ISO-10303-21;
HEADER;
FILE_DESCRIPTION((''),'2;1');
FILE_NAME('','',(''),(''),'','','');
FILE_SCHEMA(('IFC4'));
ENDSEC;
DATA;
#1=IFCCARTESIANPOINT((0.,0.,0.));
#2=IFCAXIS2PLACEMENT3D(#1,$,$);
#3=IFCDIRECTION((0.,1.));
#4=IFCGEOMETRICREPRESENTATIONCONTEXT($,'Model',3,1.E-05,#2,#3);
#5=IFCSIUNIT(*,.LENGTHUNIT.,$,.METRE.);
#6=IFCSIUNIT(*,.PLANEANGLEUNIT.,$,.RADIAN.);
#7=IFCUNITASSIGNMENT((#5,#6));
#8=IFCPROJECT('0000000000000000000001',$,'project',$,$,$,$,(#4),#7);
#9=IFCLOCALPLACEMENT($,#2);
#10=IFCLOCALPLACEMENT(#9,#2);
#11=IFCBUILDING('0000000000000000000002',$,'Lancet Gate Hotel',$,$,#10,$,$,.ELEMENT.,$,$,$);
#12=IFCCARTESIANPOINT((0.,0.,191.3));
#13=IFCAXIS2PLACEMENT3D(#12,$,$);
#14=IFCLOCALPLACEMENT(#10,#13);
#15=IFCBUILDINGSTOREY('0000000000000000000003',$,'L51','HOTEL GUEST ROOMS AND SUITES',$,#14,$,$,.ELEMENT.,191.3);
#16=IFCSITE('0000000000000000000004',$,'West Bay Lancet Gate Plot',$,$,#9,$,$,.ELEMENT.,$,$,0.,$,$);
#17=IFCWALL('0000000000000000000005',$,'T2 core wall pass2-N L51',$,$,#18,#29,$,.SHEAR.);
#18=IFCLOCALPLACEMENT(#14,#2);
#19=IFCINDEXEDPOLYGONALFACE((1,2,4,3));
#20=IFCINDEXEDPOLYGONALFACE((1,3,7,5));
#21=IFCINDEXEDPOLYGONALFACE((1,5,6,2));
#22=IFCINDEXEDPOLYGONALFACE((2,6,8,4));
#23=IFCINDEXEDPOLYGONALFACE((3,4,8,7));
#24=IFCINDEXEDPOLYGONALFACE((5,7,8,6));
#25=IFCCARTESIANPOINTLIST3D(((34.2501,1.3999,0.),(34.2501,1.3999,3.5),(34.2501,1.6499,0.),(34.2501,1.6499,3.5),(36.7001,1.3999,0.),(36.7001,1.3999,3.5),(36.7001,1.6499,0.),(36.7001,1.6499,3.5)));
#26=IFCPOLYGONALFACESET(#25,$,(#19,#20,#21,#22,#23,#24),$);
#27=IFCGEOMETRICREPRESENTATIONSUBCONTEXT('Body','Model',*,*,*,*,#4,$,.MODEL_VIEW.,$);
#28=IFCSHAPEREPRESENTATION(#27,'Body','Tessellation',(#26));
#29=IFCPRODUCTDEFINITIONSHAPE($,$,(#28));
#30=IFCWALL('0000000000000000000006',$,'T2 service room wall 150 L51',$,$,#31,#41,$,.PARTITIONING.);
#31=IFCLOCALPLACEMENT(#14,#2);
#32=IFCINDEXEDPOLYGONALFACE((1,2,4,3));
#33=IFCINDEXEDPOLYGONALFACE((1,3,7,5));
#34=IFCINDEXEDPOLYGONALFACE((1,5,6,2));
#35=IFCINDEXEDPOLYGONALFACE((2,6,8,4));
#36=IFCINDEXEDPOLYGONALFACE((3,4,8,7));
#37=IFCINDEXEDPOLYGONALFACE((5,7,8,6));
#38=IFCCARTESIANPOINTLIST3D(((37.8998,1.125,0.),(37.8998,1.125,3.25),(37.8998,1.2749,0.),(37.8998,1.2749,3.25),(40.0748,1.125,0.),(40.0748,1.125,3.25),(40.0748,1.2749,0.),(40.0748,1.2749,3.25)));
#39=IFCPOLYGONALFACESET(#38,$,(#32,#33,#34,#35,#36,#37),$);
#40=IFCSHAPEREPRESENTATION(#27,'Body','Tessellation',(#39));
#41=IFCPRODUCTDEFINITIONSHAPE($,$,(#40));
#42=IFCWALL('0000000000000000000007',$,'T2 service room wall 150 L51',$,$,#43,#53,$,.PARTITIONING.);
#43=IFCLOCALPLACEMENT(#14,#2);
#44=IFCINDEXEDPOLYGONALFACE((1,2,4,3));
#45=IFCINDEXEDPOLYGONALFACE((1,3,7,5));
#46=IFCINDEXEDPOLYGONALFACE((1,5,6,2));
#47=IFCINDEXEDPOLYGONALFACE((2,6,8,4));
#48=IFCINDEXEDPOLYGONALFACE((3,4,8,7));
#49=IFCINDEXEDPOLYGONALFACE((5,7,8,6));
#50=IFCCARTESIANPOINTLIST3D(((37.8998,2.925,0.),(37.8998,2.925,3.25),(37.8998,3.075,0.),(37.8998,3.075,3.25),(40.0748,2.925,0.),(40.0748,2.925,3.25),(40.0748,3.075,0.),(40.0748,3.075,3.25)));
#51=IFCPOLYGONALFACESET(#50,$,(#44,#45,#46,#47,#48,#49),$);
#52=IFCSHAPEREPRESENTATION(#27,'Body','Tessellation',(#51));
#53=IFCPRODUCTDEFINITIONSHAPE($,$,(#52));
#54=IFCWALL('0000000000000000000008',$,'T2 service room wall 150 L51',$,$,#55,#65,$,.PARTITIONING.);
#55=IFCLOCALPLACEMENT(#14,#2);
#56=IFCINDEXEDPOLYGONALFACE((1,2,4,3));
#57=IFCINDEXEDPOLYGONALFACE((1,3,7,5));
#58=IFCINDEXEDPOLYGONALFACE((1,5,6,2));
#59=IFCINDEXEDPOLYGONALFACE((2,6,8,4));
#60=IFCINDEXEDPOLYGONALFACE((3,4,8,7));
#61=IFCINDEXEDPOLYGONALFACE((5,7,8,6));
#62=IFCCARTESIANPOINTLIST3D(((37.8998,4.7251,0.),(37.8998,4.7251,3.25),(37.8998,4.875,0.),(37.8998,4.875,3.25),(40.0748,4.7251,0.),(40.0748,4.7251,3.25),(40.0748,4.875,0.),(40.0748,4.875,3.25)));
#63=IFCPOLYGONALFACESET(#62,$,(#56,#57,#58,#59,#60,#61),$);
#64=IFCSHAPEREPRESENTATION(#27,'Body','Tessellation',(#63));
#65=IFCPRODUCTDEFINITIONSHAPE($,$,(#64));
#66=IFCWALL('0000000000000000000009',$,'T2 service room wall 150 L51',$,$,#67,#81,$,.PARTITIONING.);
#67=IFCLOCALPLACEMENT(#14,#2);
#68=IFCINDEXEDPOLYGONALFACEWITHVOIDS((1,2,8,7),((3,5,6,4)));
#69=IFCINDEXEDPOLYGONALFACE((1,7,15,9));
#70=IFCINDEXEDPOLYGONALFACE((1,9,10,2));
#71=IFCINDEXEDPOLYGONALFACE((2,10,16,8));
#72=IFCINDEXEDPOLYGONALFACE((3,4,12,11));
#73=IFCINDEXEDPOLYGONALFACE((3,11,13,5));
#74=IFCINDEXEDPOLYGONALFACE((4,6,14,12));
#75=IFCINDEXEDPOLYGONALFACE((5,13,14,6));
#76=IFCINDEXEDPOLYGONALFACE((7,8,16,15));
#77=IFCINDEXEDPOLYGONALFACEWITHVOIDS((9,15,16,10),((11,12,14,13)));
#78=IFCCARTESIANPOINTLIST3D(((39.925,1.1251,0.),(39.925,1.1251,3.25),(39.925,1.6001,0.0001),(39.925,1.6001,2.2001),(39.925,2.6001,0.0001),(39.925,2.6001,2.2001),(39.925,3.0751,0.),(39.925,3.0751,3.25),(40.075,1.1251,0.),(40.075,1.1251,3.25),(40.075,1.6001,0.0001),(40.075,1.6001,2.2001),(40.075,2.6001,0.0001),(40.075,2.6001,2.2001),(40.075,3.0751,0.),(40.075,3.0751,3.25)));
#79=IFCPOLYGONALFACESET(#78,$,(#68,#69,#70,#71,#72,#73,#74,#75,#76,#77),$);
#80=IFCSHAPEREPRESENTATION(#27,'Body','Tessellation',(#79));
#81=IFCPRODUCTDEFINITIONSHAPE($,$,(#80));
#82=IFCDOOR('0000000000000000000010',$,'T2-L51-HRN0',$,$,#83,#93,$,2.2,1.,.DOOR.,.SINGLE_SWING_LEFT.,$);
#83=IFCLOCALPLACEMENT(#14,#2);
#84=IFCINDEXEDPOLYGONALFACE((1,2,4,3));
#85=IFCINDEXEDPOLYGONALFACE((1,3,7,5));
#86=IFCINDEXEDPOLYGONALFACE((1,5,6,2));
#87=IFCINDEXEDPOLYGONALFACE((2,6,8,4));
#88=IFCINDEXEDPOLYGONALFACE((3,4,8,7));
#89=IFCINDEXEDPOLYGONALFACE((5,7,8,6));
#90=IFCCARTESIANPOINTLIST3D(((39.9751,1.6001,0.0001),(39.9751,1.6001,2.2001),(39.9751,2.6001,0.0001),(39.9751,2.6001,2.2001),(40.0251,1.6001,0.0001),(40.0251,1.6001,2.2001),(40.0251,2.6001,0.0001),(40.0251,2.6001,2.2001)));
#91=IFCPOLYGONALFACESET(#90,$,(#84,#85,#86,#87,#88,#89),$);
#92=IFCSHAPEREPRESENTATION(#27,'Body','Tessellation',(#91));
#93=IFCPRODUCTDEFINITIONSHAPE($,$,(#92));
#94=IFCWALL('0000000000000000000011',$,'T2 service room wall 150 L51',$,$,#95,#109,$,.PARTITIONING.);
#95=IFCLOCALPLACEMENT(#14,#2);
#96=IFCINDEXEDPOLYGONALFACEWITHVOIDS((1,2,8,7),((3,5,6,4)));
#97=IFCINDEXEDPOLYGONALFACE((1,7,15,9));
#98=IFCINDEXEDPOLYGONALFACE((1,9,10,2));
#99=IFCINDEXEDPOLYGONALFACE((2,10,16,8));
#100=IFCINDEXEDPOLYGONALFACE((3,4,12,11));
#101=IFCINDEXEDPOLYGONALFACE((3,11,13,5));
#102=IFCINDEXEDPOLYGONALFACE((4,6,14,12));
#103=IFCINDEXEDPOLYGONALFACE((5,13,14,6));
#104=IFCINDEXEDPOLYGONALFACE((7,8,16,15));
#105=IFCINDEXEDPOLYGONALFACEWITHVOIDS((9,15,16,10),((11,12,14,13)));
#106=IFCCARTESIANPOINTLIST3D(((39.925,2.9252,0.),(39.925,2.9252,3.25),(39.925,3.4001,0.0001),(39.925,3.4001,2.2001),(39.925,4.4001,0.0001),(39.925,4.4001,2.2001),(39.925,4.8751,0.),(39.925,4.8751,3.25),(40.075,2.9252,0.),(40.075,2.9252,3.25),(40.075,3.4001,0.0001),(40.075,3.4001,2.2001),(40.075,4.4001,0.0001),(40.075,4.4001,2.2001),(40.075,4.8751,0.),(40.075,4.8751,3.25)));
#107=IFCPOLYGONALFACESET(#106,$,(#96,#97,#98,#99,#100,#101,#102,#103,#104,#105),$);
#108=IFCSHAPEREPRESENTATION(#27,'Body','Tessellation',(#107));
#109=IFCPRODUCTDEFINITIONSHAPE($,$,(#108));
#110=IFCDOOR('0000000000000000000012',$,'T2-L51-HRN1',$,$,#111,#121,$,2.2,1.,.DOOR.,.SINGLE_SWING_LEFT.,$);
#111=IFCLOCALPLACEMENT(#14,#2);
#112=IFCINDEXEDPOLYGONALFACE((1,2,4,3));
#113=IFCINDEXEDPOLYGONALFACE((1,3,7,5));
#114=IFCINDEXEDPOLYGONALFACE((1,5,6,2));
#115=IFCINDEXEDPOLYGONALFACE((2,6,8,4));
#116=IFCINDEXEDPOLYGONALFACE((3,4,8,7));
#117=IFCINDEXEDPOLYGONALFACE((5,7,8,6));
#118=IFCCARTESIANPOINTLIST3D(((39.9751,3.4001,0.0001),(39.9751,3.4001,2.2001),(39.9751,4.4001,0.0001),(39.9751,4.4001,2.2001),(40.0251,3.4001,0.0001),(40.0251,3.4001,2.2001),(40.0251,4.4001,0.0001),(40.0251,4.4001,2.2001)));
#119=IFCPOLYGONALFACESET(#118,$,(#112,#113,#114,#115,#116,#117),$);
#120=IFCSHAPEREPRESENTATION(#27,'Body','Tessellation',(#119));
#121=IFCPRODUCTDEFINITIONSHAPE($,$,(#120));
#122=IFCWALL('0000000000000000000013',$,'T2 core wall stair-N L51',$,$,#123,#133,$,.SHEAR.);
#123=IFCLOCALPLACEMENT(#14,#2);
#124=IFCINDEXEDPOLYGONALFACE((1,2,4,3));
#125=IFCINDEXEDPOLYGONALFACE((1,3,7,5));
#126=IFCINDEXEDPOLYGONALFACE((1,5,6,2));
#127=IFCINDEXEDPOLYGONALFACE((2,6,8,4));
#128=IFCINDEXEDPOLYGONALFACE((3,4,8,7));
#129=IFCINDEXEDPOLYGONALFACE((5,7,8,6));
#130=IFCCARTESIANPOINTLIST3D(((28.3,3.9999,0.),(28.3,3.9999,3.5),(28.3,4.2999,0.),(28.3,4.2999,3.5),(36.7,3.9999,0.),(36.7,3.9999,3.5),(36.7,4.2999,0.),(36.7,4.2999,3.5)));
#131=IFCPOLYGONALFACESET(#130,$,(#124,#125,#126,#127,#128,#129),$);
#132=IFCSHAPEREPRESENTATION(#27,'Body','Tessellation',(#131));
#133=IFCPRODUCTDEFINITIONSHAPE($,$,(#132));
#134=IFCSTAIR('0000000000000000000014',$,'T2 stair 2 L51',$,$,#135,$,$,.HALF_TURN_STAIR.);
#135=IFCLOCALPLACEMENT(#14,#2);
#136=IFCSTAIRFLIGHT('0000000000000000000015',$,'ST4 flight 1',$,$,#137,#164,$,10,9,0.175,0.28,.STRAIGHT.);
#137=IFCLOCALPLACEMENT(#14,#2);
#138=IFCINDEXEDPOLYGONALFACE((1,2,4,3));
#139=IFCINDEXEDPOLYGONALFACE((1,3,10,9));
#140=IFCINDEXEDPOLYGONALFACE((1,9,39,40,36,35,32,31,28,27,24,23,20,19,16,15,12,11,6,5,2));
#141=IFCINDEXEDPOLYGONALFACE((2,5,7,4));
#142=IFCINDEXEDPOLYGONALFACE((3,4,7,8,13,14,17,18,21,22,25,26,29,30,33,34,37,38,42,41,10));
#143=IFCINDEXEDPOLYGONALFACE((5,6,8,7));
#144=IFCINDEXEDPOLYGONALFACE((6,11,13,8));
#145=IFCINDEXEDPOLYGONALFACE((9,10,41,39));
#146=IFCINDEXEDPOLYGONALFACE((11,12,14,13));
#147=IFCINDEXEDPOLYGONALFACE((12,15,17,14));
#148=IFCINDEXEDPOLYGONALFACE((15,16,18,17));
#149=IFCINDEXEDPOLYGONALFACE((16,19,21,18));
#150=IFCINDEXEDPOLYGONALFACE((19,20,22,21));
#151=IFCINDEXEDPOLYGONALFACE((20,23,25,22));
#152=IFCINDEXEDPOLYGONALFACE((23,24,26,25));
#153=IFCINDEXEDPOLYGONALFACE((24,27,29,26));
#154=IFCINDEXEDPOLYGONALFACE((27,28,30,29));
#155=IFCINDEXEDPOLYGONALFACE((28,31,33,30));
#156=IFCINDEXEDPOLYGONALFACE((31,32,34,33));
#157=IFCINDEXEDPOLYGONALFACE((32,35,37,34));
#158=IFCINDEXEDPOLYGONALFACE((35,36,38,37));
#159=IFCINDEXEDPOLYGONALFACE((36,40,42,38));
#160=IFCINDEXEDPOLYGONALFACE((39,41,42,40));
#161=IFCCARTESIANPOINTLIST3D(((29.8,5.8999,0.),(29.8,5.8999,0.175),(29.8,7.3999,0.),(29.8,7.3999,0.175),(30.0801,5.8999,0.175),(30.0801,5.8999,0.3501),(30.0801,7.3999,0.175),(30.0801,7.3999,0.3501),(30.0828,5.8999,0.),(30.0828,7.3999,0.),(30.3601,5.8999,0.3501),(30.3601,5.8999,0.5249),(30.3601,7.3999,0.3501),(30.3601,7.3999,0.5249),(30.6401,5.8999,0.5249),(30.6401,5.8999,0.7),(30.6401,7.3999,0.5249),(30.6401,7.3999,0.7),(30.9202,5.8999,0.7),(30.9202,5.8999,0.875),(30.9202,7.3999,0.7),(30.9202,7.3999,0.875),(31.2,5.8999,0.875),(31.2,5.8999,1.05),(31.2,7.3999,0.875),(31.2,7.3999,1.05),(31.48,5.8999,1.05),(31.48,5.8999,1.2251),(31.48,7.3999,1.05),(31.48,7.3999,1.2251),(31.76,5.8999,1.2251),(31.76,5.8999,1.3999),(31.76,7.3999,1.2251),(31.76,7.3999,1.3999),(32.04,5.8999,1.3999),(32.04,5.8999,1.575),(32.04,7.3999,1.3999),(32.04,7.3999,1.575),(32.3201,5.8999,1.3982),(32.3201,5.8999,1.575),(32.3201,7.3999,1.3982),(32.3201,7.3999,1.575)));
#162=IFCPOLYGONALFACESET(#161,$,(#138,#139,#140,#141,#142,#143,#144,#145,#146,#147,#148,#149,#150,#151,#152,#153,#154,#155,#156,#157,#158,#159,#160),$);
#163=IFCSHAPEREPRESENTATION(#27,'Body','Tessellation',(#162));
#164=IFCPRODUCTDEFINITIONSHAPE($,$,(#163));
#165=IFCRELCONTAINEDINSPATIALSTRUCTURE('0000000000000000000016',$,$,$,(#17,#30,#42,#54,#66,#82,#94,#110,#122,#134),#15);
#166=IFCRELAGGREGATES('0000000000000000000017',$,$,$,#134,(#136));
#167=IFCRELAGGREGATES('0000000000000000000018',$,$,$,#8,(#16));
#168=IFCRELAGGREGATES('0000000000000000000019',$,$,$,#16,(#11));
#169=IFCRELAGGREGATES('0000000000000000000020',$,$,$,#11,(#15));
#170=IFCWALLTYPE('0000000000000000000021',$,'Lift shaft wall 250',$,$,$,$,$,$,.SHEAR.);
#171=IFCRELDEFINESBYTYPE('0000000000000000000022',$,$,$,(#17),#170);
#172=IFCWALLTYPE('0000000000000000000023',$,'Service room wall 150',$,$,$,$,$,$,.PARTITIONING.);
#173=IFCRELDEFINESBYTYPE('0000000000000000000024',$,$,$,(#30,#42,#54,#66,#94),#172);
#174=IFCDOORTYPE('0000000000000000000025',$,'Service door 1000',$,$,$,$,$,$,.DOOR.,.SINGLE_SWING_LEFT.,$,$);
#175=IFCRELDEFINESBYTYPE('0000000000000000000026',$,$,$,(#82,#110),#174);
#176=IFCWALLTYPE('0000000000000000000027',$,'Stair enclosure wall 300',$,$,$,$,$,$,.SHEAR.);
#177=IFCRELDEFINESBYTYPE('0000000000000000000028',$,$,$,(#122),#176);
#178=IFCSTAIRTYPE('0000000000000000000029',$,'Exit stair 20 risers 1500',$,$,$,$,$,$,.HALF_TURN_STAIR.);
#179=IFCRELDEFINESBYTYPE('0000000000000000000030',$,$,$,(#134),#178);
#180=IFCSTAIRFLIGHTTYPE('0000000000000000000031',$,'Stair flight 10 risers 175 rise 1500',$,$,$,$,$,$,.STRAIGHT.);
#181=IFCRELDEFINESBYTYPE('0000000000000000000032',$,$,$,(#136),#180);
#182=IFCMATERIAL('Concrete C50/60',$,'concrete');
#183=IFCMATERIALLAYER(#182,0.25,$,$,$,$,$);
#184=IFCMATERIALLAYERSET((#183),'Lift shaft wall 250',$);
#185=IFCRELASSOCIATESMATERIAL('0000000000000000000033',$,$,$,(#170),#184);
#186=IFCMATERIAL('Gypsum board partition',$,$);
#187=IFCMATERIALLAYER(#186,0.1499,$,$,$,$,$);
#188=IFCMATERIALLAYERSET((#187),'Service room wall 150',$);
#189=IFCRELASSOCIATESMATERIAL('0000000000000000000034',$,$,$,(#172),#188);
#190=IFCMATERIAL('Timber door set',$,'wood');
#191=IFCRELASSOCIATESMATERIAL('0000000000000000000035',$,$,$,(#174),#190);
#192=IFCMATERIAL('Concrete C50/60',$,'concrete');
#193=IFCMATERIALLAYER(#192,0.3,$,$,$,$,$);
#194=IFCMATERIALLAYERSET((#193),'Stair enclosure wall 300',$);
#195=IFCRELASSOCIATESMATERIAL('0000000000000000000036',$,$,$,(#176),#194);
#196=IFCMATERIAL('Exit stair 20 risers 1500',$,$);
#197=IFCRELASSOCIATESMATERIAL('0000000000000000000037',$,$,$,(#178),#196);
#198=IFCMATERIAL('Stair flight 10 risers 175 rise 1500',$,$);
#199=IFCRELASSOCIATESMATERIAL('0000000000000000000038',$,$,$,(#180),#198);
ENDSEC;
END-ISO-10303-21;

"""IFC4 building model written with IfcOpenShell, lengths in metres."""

from ifc_helpers import new_model, si_unit, direction, frame, frame_2d, origin, place, context, subcontext, project, spatial, polyline, rectangle, outline, extrude, material, layer, layer_set, type_object, element, fill, aggregate, save


model = new_model("IFC4")

# Units and contexts
model_context = context("Model", 3, precision=1e-05, world=origin(), true_north=direction((0.0, 1.0)))
body_context = subcontext(model_context, "Body", "Model", "MODEL_VIEW")
ifc_project = project(units=[si_unit("LENGTHUNIT", "METRE"), si_unit("PLANEANGLEUNIT", "RADIAN")], contexts=[model_context])

# Site, building, storey
site_placement = place(None, origin())
site = spatial("IfcSite", under=ifc_project, at=site_placement, Name="West Bay Lancet Gate Plot", CompositionType="ELEMENT", RefElevation=0.0)
building_placement = place(site_placement, origin())
building = spatial("IfcBuilding", under=site, at=building_placement, Name="Lancet Gate Hotel", CompositionType="ELEMENT")
storey_placement = place(building_placement, frame((0.0, 0.0, 191.3)))
storey = spatial("IfcBuildingStorey", under=building, at=storey_placement, Name="L51", Description="HOTEL GUEST ROOMS AND SUITES", CompositionType="ELEMENT", Elevation=191.3)

# Shared definitions
ifc_material_1 = material(Name="Concrete C50/60", Category="concrete")
ifc_layer_1 = layer(ifc_material_1, 0.25)
ifc_layer_set_1 = layer_set([ifc_layer_1], Name="Lift shaft wall 250")
wall_type_1 = type_object("IfcWallType", Name="Lift shaft wall 250", PredefinedType="SHEAR", material=ifc_layer_set_1)

# Walls
wall_1_placement = place(storey_placement, frame((34.25, 1.5249, 0.0), z_axis=(0.0, 0.0, 1.0), x_axis=(1.0, 0.0, 0.0)))
element("IfcWall", 1, at=wall_1_placement, inside=storey, type_object=wall_type_1, Name="T2 core wall pass2-N L51", PredefinedType="SHEAR", context=body_context, shape_type="SweptSolid", body=[
    extrude(rectangle(XDim=2.45, YDim=0.25, at=frame_2d((1.2251, 0.0))), origin(), (0.0, 0.0, 1.0), 3.5),
])
ifc_material_2 = material(Name="Gypsum board partition")
ifc_layer_2 = layer(ifc_material_2, 0.1499)
ifc_layer_set_2 = layer_set([ifc_layer_2], Name="Service room wall 150")
wall_type_2 = type_object("IfcWallType", Name="Service room wall 150", PredefinedType="PARTITIONING", material=ifc_layer_set_2)
for number, where, z_axis, x_axis, name in (
    (2, (37.8999, 1.2, 0.0), (0.0, 0.0, 1.0), (1.0, 0.0, 0.0), "T2 service room wall 150 L51"),
    (3, (37.8999, 3.0, 0.0), (0.0, 0.0, 1.0), (1.0, 0.0, 0.0), "T2 service room wall 150 L51"),
    (4, (37.8999, 4.8, 0.0), (0.0, 0.0, 1.0), (1.0, 0.0, 0.0), "T2 service room wall 150 L51"),
):
    element("IfcWall", number, at=place(storey_placement, frame(where, z_axis=z_axis, x_axis=x_axis)), inside=storey, type_object=wall_type_2, Name=name, PredefinedType="PARTITIONING", context=body_context, shape_type="SweptSolid", body=[
        extrude(rectangle(XDim=2.175, YDim=0.1499, at=frame_2d((1.0874, 0.0))), origin(), (0.0, 0.0, 1.0), 3.25),
    ])

# Walls, openings, doors
wall_2_placement = place(storey_placement, frame((40.0, 1.125, 0.0), z_axis=(0.0, 0.0, 1.0), x_axis=(0.0, 1.0, 0.0)))
wall_2 = element("IfcWall", 5, at=wall_2_placement, inside=storey, type_object=wall_type_2, Name="T2 service room wall 150 L51", PredefinedType="PARTITIONING", context=body_context, shape_type="SweptSolid", body=[
    extrude(rectangle(XDim=1.95, YDim=0.1499, at=frame_2d((0.9751, 0.0))), origin(), (0.0, 0.0, 1.0), 3.25),
])
opening_1_placement = place(wall_2_placement, frame((0.4751, 0.0, 0.0)))
opening_1 = element("IfcOpeningElement", 6, at=opening_1_placement, cuts=wall_2, PredefinedType="OPENING", context=body_context, shape_type="SweptSolid", body=[
    extrude(rectangle(XDim=1.0, YDim=2.2, at=frame_2d((0.5, 1.1001))), frame((0.0, 0.085, 0.0), z_axis=(0.0, -1.0, 0.0), x_axis=(1.0, 0.0, 0.0)), (0.0, 0.0, 1.0), 0.1699),
])
ifc_material_3 = material(Name="Timber door set", Category="wood")
door_type_1 = type_object("IfcDoorType", Name="Service door 1000", OperationType="SINGLE_SWING_LEFT", PredefinedType="DOOR", material=ifc_material_3)
door_1_placement = place(opening_1_placement, origin())
door_1 = element("IfcDoor", 7, at=door_1_placement, inside=storey, type_object=door_type_1, Name="T2-L51-HRN0", OperationType="SINGLE_SWING_LEFT", OverallHeight=2.2, OverallWidth=1.0, PredefinedType="DOOR", context=body_context, shape_type="SweptSolid", body=[
    extrude(rectangle(XDim=1.0, YDim=2.2, at=frame_2d((0.5, 1.1001))), frame((0.0, 0.0249, 0.0), z_axis=(0.0, -1.0, 0.0), x_axis=(1.0, 0.0, 0.0)), (0.0, 0.0, 1.0), 0.05),
])
fill(opening_1, door_1)
wall_3_placement = place(storey_placement, frame((40.0, 2.925, 0.0), z_axis=(0.0, 0.0, 1.0), x_axis=(0.0, 1.0, 0.0)))
wall_3 = element("IfcWall", 8, at=wall_3_placement, inside=storey, type_object=wall_type_2, Name="T2 service room wall 150 L51", PredefinedType="PARTITIONING", context=body_context, shape_type="SweptSolid", body=[
    extrude(rectangle(XDim=1.95, YDim=0.1499, at=frame_2d((0.9751, 0.0))), origin(), (0.0, 0.0, 1.0), 3.25),
])
opening_2_placement = place(wall_3_placement, frame((0.4751, 0.0, 0.0)))
opening_2 = element("IfcOpeningElement", 9, at=opening_2_placement, cuts=wall_3, PredefinedType="OPENING", context=body_context, shape_type="SweptSolid", body=[
    extrude(rectangle(XDim=1.0, YDim=2.2, at=frame_2d((0.5, 1.1001))), frame((0.0, 0.085, 0.0), z_axis=(0.0, -1.0, 0.0), x_axis=(1.0, 0.0, 0.0)), (0.0, 0.0, 1.0), 0.1699),
])
door_2_placement = place(opening_2_placement, origin())
door_2 = element("IfcDoor", 10, at=door_2_placement, inside=storey, type_object=door_type_1, Name="T2-L51-HRN1", OperationType="SINGLE_SWING_LEFT", OverallHeight=2.2, OverallWidth=1.0, PredefinedType="DOOR", context=body_context, shape_type="SweptSolid", body=[
    extrude(rectangle(XDim=1.0, YDim=2.2, at=frame_2d((0.5, 1.1001))), frame((0.0, 0.0249, 0.0), z_axis=(0.0, -1.0, 0.0), x_axis=(1.0, 0.0, 0.0)), (0.0, 0.0, 1.0), 0.05),
])
fill(opening_2, door_2)

# Wall
ifc_material_4 = material(Name="Concrete C50/60", Category="concrete")
ifc_layer_3 = layer(ifc_material_4, 0.3)
ifc_layer_set_3 = layer_set([ifc_layer_3], Name="Stair enclosure wall 300")
wall_type_3 = type_object("IfcWallType", Name="Stair enclosure wall 300", PredefinedType="SHEAR", material=ifc_layer_set_3)
wall_4_placement = place(storey_placement, frame((28.3, 4.1499, 0.0), z_axis=(0.0, 0.0, 1.0), x_axis=(1.0, 0.0, 0.0)))
element("IfcWall", 11, at=wall_4_placement, inside=storey, type_object=wall_type_3, Name="T2 core wall stair-N L51", PredefinedType="SHEAR", context=body_context, shape_type="SweptSolid", body=[
    extrude(rectangle(XDim=8.3999, YDim=0.3, at=frame_2d((4.2, 0.0))), origin(), (0.0, 0.0, 1.0), 3.5),
])

# Stair, stair flight
ifc_material_5 = material(Name="Exit stair 20 risers 1500")
stair_type = type_object("IfcStairType", Name="Exit stair 20 risers 1500", PredefinedType="HALF_TURN_STAIR", material=ifc_material_5)
stair_placement = place(storey_placement, origin())
stair = element("IfcStair", 12, at=stair_placement, inside=storey, type_object=stair_type, Name="T2 stair 2 L51", PredefinedType="HALF_TURN_STAIR")
ifc_material_6 = material(Name="Stair flight 10 risers 175 rise 1500")
stair_flight_type = type_object("IfcStairFlightType", Name="Stair flight 10 risers 175 rise 1500", PredefinedType="STRAIGHT", material=ifc_material_6)
stair_flight_1_placement = place(storey_placement, frame((29.8, 6.6499, 0.0), z_axis=(0.0, 0.0, 1.0), x_axis=(1.0, 0.0, 0.0)))
stair_flight_1 = element("IfcStairFlight", 13, at=stair_flight_1_placement, type_object=stair_flight_type, Name="ST4 flight 1", NumberOfRisers=10, NumberOfTreads=9, PredefinedType="STRAIGHT", RiserHeight=0.175, TreadLength=0.28, context=body_context, shape_type="SweptSolid", body=[
    extrude(outline(polyline([(0.0, 0.0), (0.0, 0.175), (0.28, 0.175), (0.28, 0.3501), (0.5601, 0.3501), (0.5601, 0.5249), (0.8401, 0.5249), (0.8401, 0.7), (1.1201, 0.7), (1.1201, 0.875), (1.3999, 0.875), (1.3999, 1.05), (1.6799, 1.05), (1.6799, 1.2251), (1.96, 1.2251), (1.96, 1.3999), (2.24, 1.3999), (2.24, 1.575), (2.52, 1.575), (2.52, 1.75), (2.52, 1.3982), (0.2827, 0.0), (0.0, 0.0)])), frame((0.0, 0.75, 0.0), z_axis=(0.0, -1.0, 0.0), x_axis=(1.0, 0.0, 0.0)), (0.0, 0.0, 1.0), 1.5),
])
aggregate(stair, [stair_flight_1])

save(model, "model.ifc")
